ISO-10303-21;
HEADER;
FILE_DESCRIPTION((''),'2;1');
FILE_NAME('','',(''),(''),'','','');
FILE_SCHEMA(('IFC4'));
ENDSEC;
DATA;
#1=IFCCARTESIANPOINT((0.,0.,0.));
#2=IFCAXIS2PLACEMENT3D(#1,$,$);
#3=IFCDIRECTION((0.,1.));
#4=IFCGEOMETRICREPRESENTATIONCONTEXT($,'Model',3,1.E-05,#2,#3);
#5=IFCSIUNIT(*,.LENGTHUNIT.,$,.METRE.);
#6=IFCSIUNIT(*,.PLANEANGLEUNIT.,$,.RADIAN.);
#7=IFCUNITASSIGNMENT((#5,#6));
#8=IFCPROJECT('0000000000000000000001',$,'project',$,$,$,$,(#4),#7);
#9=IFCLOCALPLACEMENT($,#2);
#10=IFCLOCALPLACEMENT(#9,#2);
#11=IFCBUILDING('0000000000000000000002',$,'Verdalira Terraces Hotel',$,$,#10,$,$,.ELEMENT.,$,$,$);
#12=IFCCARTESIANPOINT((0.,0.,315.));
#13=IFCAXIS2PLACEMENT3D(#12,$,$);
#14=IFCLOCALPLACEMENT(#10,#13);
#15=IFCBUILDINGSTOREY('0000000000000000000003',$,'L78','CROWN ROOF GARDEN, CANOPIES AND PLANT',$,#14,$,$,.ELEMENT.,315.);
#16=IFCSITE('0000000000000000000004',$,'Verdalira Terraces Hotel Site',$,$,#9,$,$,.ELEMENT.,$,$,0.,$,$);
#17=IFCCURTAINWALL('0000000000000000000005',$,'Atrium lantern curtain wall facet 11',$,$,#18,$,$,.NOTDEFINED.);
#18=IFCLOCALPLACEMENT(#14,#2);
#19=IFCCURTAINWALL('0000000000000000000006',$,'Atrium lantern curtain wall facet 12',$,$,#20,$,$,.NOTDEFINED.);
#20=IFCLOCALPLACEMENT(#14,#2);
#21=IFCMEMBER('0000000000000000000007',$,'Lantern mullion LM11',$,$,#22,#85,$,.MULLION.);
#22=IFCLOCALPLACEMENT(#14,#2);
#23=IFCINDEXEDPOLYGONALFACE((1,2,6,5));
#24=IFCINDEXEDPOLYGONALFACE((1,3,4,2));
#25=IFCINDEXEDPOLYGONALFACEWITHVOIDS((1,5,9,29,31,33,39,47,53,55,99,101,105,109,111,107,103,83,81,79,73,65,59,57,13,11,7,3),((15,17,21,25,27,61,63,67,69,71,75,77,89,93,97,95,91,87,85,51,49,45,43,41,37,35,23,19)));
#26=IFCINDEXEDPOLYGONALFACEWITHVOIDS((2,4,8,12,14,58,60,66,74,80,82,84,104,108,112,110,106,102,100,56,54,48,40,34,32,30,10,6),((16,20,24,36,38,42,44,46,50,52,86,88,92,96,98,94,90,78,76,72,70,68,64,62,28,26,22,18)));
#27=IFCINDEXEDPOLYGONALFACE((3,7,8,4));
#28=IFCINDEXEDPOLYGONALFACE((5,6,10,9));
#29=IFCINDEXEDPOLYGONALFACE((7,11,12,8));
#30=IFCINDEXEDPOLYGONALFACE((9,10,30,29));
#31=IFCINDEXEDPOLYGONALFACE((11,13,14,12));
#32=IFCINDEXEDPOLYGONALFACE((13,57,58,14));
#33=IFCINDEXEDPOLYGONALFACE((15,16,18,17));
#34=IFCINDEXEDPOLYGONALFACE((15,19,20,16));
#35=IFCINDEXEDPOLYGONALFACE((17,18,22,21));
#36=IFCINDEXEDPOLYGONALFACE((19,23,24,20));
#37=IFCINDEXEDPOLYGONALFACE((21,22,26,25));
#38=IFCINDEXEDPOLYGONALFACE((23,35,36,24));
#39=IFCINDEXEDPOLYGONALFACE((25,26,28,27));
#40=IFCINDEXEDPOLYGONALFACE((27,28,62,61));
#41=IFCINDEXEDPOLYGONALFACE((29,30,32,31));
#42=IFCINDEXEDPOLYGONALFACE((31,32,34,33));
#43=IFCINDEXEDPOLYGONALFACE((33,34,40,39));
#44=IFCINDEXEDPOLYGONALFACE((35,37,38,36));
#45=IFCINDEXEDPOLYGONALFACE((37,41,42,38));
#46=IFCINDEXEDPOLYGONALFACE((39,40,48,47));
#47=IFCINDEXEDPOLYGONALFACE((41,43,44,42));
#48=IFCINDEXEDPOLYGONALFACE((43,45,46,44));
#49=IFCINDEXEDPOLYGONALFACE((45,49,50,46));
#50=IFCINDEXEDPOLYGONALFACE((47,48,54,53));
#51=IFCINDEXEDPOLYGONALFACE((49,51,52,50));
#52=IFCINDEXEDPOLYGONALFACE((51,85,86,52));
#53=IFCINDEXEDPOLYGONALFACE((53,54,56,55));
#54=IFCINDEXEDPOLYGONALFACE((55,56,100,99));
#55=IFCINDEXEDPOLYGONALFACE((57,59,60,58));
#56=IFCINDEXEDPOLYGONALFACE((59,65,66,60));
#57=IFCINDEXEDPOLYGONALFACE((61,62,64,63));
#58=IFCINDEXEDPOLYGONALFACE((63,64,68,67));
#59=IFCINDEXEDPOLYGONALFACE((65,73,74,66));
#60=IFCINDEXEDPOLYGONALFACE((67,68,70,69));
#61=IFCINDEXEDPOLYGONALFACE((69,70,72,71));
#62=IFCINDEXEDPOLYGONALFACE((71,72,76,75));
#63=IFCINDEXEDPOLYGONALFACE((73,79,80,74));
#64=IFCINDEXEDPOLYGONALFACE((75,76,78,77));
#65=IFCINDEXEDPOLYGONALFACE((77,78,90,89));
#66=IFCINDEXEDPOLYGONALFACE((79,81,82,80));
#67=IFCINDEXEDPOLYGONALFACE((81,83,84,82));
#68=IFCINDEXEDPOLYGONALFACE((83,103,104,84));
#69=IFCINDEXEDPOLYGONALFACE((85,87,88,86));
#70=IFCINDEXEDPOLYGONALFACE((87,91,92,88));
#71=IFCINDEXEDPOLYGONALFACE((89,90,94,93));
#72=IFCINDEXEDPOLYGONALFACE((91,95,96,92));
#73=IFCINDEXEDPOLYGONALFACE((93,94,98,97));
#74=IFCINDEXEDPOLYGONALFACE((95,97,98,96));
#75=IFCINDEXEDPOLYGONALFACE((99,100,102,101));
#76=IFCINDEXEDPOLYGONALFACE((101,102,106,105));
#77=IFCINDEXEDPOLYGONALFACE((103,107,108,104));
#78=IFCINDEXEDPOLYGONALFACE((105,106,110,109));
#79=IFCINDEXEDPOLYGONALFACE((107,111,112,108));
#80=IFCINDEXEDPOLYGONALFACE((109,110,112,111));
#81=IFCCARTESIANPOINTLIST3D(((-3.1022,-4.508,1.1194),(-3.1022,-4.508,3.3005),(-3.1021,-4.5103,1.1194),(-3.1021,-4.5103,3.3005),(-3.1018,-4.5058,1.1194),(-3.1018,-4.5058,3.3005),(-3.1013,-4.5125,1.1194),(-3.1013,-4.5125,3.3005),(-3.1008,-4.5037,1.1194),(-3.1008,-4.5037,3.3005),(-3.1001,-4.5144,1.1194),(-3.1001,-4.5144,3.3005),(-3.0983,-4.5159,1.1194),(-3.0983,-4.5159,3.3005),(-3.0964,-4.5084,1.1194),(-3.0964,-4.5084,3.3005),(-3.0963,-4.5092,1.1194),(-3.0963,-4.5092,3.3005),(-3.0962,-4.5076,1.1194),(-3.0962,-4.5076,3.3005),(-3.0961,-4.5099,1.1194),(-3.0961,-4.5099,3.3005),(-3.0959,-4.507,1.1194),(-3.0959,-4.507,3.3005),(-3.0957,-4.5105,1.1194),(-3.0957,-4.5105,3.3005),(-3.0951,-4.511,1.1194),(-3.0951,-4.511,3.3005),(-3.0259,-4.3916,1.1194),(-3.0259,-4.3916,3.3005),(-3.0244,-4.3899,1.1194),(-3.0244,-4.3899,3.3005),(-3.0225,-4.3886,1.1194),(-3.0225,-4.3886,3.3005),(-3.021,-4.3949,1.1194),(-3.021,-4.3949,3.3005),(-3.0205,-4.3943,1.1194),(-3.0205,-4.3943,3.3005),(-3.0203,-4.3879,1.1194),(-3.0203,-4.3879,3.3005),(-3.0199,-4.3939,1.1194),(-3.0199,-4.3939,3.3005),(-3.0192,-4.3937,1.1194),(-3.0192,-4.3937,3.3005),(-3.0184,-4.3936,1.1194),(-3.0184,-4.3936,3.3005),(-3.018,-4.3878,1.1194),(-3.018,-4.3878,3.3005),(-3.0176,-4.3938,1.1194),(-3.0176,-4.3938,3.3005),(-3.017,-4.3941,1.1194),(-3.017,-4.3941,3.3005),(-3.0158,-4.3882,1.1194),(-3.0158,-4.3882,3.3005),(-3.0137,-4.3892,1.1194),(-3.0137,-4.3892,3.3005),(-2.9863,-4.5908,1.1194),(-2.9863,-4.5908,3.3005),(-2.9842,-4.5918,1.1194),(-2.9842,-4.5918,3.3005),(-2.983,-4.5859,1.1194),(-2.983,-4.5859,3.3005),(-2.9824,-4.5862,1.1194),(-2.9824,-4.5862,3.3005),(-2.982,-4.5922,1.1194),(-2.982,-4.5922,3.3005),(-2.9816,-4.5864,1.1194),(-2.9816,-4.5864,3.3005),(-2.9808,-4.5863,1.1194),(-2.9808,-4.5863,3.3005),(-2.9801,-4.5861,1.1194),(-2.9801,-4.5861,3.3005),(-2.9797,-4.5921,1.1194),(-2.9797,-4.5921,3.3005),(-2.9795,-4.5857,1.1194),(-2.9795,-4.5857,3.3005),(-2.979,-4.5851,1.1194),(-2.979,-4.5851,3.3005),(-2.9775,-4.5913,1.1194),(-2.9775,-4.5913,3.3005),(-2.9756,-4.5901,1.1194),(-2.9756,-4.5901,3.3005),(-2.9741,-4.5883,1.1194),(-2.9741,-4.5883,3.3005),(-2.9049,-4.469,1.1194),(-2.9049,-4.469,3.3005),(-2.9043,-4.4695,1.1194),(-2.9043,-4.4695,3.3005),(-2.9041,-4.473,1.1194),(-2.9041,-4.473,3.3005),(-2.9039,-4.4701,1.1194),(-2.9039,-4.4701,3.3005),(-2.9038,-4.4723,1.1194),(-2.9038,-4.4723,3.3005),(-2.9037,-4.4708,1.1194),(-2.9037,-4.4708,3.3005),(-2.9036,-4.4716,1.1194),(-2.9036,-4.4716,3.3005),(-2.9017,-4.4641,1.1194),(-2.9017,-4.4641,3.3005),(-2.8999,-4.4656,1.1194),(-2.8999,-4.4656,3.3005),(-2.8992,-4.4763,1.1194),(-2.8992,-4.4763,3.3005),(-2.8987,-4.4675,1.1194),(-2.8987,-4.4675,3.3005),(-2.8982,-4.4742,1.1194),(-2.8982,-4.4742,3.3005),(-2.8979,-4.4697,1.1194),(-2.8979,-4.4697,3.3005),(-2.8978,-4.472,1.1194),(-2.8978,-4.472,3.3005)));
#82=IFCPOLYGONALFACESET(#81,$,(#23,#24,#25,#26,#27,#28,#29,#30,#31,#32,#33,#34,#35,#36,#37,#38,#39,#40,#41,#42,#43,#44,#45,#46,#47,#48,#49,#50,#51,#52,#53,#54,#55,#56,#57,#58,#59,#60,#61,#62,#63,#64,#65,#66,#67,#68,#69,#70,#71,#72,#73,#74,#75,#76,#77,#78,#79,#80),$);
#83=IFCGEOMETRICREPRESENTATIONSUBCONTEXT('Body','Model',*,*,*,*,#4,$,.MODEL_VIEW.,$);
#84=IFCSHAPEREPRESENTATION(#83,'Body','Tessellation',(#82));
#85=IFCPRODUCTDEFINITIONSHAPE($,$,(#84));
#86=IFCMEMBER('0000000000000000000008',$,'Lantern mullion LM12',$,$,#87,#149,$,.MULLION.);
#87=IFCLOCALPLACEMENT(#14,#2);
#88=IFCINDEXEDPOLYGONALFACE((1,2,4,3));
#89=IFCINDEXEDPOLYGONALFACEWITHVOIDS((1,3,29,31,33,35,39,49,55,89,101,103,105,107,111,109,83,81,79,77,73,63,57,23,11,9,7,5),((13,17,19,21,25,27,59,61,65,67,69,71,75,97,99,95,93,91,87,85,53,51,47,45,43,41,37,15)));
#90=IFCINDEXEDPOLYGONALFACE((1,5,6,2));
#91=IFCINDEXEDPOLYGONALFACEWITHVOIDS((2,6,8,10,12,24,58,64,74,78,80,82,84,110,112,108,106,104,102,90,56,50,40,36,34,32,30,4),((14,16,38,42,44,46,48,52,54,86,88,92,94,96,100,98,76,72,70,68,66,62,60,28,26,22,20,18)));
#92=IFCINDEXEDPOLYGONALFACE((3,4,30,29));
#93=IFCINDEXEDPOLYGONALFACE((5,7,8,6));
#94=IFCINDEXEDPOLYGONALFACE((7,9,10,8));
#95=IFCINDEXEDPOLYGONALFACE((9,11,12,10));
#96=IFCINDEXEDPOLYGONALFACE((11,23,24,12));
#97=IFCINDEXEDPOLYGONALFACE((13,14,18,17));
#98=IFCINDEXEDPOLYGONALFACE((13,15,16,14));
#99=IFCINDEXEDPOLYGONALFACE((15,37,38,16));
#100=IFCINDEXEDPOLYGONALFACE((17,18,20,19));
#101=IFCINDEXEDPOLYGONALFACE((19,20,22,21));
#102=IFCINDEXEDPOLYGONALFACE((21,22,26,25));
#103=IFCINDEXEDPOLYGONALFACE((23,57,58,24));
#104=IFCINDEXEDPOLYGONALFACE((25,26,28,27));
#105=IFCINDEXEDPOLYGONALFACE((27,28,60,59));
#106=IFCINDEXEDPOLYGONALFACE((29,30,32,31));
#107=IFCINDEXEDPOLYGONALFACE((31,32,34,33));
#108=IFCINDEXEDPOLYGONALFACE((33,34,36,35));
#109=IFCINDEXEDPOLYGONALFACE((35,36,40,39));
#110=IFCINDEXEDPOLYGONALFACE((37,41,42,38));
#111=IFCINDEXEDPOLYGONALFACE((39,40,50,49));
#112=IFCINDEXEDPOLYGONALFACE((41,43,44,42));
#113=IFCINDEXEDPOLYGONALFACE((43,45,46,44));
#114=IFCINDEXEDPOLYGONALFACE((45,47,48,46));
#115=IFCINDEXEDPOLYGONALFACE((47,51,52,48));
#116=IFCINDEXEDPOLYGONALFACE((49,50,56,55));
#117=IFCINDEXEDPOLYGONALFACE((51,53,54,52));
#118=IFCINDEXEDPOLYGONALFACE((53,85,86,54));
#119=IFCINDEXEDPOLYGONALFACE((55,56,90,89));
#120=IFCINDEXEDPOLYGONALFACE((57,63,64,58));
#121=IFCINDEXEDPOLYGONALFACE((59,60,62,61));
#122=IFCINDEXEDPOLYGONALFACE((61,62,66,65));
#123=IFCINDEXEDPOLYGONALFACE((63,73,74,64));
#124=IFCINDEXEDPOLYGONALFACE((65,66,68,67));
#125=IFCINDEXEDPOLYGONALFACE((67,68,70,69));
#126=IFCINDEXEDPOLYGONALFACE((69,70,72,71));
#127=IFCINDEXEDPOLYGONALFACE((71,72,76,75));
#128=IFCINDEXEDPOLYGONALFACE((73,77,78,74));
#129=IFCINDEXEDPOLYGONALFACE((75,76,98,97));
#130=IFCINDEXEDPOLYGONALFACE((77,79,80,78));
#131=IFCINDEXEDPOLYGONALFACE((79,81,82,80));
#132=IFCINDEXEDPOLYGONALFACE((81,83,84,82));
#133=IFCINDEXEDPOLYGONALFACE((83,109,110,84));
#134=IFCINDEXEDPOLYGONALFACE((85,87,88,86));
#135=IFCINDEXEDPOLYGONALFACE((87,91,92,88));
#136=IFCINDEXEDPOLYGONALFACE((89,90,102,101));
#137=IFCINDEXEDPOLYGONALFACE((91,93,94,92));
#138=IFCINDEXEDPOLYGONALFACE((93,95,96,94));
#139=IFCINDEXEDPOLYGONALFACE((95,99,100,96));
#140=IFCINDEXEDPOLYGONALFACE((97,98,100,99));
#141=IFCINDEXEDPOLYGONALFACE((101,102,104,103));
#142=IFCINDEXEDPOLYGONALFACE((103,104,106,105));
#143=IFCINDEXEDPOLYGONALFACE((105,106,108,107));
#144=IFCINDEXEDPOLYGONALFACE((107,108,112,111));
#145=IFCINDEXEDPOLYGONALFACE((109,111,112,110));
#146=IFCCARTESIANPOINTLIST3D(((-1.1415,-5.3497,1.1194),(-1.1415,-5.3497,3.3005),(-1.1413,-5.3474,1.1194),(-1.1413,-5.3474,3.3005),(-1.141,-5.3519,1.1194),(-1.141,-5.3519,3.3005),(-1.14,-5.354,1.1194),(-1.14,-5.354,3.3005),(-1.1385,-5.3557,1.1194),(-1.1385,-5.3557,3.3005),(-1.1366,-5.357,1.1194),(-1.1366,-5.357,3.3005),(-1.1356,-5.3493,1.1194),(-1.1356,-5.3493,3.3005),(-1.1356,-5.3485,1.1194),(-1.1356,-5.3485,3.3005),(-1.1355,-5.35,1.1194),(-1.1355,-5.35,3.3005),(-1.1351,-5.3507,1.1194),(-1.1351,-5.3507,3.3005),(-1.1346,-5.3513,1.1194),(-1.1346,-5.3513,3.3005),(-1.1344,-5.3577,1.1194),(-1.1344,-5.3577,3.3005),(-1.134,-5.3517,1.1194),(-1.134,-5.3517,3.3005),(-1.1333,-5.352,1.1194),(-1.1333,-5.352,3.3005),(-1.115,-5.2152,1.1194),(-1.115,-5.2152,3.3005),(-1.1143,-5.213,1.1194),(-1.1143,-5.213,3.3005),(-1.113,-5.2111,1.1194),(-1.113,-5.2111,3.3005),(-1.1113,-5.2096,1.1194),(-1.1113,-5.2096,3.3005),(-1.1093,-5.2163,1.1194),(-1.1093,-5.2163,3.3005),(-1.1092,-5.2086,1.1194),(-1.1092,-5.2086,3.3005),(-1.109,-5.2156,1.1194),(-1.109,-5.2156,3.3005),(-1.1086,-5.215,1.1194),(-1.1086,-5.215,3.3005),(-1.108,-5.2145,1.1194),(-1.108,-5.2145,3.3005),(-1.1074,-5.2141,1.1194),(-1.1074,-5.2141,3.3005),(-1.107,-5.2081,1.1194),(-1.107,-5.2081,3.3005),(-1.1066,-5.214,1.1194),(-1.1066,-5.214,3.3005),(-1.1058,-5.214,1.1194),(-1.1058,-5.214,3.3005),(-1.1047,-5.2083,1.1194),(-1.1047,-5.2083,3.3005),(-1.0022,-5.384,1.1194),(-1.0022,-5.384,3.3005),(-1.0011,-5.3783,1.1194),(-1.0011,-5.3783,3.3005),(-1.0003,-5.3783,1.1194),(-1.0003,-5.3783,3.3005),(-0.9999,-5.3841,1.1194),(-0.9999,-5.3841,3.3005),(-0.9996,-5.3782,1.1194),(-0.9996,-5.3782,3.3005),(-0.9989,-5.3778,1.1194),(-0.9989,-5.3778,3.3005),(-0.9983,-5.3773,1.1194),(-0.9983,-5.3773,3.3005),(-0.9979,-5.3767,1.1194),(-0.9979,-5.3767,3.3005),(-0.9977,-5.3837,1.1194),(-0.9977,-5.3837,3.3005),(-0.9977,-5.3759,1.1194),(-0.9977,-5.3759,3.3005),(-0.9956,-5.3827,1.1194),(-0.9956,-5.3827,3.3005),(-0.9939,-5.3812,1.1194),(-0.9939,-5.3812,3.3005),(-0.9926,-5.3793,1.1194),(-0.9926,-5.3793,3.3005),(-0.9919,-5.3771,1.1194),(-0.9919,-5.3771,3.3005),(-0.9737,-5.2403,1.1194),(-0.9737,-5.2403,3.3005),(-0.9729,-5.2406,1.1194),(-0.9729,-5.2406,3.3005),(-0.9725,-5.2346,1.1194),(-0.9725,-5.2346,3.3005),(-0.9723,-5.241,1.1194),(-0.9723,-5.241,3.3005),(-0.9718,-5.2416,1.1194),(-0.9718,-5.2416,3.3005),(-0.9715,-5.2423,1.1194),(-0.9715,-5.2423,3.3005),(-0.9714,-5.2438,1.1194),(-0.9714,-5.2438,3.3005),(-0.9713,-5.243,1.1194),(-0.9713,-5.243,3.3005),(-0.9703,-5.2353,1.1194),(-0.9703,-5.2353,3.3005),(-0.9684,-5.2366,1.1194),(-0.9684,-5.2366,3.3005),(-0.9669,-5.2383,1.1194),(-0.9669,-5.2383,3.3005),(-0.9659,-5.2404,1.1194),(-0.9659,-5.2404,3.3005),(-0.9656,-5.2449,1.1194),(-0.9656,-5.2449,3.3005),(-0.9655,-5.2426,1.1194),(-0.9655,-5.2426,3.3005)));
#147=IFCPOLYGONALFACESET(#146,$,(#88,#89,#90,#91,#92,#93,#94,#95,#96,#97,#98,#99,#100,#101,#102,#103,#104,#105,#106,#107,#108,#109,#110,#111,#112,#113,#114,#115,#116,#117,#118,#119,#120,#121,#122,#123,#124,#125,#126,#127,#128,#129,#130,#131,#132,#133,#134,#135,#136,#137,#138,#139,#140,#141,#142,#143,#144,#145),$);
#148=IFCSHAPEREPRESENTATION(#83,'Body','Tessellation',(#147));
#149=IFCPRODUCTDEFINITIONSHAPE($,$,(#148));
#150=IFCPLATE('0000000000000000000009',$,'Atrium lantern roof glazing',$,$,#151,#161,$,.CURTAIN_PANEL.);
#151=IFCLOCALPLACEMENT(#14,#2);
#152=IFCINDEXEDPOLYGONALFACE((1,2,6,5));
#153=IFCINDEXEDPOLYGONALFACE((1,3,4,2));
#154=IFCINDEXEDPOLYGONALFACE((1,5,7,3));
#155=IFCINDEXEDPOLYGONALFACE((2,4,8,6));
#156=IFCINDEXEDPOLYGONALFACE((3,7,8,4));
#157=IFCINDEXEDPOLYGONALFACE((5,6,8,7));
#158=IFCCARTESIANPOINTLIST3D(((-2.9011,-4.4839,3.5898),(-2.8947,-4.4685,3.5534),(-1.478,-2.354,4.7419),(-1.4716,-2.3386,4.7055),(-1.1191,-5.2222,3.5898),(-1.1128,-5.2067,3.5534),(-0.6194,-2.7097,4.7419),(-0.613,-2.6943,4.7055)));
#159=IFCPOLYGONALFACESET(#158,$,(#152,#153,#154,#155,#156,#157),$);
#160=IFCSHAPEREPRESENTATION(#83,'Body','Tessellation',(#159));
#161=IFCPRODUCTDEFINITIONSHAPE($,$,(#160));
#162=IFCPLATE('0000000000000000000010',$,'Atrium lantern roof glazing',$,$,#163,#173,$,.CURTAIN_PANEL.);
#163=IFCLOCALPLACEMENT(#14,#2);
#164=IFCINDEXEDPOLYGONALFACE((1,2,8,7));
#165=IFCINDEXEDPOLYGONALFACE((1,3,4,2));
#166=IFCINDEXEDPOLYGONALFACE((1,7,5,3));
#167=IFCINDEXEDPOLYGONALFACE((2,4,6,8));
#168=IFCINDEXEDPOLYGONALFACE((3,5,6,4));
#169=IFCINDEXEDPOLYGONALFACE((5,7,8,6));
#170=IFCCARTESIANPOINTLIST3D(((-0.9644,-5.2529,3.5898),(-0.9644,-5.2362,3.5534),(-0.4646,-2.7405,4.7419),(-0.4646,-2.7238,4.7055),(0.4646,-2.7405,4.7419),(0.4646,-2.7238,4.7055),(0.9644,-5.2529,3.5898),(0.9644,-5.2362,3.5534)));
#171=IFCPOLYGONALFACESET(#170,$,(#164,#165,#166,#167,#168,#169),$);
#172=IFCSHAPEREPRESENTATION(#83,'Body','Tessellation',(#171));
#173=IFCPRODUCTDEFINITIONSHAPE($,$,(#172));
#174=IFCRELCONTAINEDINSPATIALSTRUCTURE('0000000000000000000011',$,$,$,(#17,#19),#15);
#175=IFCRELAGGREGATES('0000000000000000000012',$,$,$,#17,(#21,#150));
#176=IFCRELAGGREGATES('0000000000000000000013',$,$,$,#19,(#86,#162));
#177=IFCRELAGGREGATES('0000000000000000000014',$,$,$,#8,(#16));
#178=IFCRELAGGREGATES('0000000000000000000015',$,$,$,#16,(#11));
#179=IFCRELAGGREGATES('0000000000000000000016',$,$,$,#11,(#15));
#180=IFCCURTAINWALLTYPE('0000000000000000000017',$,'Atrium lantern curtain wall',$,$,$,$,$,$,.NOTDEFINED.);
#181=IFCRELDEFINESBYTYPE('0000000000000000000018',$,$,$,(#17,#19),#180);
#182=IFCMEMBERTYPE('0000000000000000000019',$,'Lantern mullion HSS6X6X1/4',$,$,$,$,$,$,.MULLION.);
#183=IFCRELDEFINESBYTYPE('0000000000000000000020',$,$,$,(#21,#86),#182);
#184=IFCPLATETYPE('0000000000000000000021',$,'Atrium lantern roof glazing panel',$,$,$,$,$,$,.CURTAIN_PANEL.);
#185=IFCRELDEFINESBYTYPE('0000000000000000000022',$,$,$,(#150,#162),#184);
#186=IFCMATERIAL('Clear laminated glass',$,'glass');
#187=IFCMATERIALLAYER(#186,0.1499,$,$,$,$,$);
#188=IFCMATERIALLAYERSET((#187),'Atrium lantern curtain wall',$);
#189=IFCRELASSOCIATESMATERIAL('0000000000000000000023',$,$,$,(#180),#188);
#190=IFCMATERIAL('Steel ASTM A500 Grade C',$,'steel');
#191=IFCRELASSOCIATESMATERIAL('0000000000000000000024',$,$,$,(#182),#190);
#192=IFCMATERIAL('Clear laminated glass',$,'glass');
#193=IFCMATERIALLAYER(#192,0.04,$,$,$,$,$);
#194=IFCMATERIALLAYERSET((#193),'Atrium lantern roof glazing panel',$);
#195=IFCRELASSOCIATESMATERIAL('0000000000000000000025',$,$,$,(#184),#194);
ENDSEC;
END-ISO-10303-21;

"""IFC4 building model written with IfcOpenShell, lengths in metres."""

from ifc_helpers import new_model, si_unit, direction, frame, origin, origin_2d, place, context, subcontext, project, spatial, polyline, hollow_rectangle, outline, extrude, material, layer, layer_set, material_profile, profile_set, type_object, element, aggregate, save


model = new_model("IFC4")

# Units and contexts
model_context = context("Model", 3, precision=1e-05, world=origin(), true_north=direction((0.0, 1.0)))
body_context = subcontext(model_context, "Body", "Model", "MODEL_VIEW")
ifc_project = project(units=[si_unit("LENGTHUNIT", "METRE"), si_unit("PLANEANGLEUNIT", "RADIAN")], contexts=[model_context])

# Site, building, storey
site_placement = place(None, origin())
site = spatial("IfcSite", under=ifc_project, at=site_placement, Name="Verdalira Terraces Hotel Site", CompositionType="ELEMENT", RefElevation=0.0)
building_placement = place(site_placement, origin())
building = spatial("IfcBuilding", under=site, at=building_placement, Name="Verdalira Terraces Hotel", CompositionType="ELEMENT")
storey_placement = place(building_placement, frame((0.0, 0.0, 315.0)))
storey = spatial("IfcBuildingStorey", under=building, at=storey_placement, Name="L78", Description="CROWN ROOF GARDEN, CANOPIES AND PLANT", CompositionType="ELEMENT", Elevation=315.0)

# Curtain walls
ifc_material_1 = material(Name="Clear laminated glass", Category="glass")
ifc_layer_1 = layer(ifc_material_1, 0.1499)
ifc_layer_set_1 = layer_set([ifc_layer_1], Name="Atrium lantern curtain wall")
curtain_wall_type = type_object("IfcCurtainWallType", Name="Atrium lantern curtain wall", PredefinedType="NOTDEFINED", material=ifc_layer_set_1)
curtain_wall_1_placement = place(storey_placement, origin())
curtain_wall_1 = element("IfcCurtainWall", 1, at=curtain_wall_1_placement, inside=storey, type_object=curtain_wall_type, Name="Atrium lantern curtain wall facet 11", PredefinedType="NOTDEFINED")
curtain_wall_2_placement = place(storey_placement, origin())
curtain_wall_2 = element("IfcCurtainWall", 2, at=curtain_wall_2_placement, inside=storey, type_object=curtain_wall_type, Name="Atrium lantern curtain wall facet 12", PredefinedType="NOTDEFINED")

# Members
ifc_material_2 = material(Name="Steel ASTM A500 Grade C", Category="steel")
ifc_material_profile_1 = material_profile(ifc_material_2, hollow_rectangle(XDim=0.1523, YDim=0.1523, WallThickness=0.0059, InnerFilletRadius=0.0029, OuterFilletRadius=0.0088, at=origin_2d()), Name="HSS6X6X1/4")
ifc_profile_set_1 = profile_set([ifc_material_profile_1], Name="Steel ASTM A500 Grade C")
member_type_1 = type_object("IfcMemberType", Name="Lantern mullion HSS6X6X1/4", PredefinedType="MULLION", material=ifc_profile_set_1)
member_1_placement = place(storey_placement, frame((-3.0, -4.49, 1.1194), z_axis=(0.0, 0.0, 1.0), x_axis=(-0.55557, -0.83147, 0.0)))
member_1 = element("IfcMember", 3, at=member_1_placement, type_object=member_type_1, Name="Lantern mullion LM11", PredefinedType="MULLION", context=body_context, shape_type="SweptSolid", body=[
    extrude(hollow_rectangle(XDim=0.1523, YDim=0.1523, WallThickness=0.0059, InnerFilletRadius=0.0029, OuterFilletRadius=0.0088, at=origin_2d()), origin(), (0.0, 0.0, 1.0), 2.1812),
])
member_2_placement = place(storey_placement, frame((-1.0535, -5.2961, 1.1194), z_axis=(0.0, 0.0, 1.0), x_axis=(-0.19509, -0.980785, 0.0)))
member_2 = element("IfcMember", 4, at=member_2_placement, type_object=member_type_1, Name="Lantern mullion LM12", PredefinedType="MULLION", context=body_context, shape_type="SweptSolid", body=[
    extrude(hollow_rectangle(XDim=0.1523, YDim=0.1523, WallThickness=0.0059, InnerFilletRadius=0.0029, OuterFilletRadius=0.0088, at=origin_2d()), origin(), (0.0, 0.0, 1.0), 2.1812),
])

# Plates
ifc_material_3 = material(Name="Clear laminated glass", Category="glass")
ifc_layer_2 = layer(ifc_material_3, 0.04)
ifc_layer_set_2 = layer_set([ifc_layer_2], Name="Atrium lantern roof glazing panel")
plate_type = type_object("IfcPlateType", Name="Atrium lantern roof glazing panel", PredefinedType="CURTAIN_PANEL", material=ifc_layer_set_2)
plate_1_placement = place(storey_placement, frame((-2.9011, -4.4839, 3.5898), z_axis=(-0.15954, -0.385089, 0.908985), x_axis=(0.923851, -0.382753, -0.000003)))
plate_1 = element("IfcPlate", 5, at=plate_1_placement, type_object=plate_type, Name="Atrium lantern roof glazing", PredefinedType="CURTAIN_PANEL", context=body_context, shape_type="SweptSolid", body=[
    extrude(outline(polyline([(0.0, 0.0), (1.9289, 0.0), (1.4289, 2.764), (0.4995, 2.764), (0.0, 0.0)])), origin(), (0.0, 0.0, -1.0), 0.04),
])
plate_2_placement = place(storey_placement, frame((-0.9644, -5.2529, 3.5898), z_axis=(0.0, -0.416822, 0.908988), x_axis=(1.0, 0.0, 0.0)))
plate_2 = element("IfcPlate", 6, at=plate_2_placement, type_object=plate_type, Name="Atrium lantern roof glazing", PredefinedType="CURTAIN_PANEL", context=body_context, shape_type="SweptSolid", body=[
    extrude(outline(polyline([(0.0, 0.0), (1.9287, 0.0), (1.429, 2.764), (0.4998, 2.764), (0.0, 0.0)])), origin(), (0.0, 0.0, -1.0), 0.04),
])

aggregate(curtain_wall_1, [member_1, plate_1])
aggregate(curtain_wall_2, [member_2, plate_2])

save(model, "model.ifc")
